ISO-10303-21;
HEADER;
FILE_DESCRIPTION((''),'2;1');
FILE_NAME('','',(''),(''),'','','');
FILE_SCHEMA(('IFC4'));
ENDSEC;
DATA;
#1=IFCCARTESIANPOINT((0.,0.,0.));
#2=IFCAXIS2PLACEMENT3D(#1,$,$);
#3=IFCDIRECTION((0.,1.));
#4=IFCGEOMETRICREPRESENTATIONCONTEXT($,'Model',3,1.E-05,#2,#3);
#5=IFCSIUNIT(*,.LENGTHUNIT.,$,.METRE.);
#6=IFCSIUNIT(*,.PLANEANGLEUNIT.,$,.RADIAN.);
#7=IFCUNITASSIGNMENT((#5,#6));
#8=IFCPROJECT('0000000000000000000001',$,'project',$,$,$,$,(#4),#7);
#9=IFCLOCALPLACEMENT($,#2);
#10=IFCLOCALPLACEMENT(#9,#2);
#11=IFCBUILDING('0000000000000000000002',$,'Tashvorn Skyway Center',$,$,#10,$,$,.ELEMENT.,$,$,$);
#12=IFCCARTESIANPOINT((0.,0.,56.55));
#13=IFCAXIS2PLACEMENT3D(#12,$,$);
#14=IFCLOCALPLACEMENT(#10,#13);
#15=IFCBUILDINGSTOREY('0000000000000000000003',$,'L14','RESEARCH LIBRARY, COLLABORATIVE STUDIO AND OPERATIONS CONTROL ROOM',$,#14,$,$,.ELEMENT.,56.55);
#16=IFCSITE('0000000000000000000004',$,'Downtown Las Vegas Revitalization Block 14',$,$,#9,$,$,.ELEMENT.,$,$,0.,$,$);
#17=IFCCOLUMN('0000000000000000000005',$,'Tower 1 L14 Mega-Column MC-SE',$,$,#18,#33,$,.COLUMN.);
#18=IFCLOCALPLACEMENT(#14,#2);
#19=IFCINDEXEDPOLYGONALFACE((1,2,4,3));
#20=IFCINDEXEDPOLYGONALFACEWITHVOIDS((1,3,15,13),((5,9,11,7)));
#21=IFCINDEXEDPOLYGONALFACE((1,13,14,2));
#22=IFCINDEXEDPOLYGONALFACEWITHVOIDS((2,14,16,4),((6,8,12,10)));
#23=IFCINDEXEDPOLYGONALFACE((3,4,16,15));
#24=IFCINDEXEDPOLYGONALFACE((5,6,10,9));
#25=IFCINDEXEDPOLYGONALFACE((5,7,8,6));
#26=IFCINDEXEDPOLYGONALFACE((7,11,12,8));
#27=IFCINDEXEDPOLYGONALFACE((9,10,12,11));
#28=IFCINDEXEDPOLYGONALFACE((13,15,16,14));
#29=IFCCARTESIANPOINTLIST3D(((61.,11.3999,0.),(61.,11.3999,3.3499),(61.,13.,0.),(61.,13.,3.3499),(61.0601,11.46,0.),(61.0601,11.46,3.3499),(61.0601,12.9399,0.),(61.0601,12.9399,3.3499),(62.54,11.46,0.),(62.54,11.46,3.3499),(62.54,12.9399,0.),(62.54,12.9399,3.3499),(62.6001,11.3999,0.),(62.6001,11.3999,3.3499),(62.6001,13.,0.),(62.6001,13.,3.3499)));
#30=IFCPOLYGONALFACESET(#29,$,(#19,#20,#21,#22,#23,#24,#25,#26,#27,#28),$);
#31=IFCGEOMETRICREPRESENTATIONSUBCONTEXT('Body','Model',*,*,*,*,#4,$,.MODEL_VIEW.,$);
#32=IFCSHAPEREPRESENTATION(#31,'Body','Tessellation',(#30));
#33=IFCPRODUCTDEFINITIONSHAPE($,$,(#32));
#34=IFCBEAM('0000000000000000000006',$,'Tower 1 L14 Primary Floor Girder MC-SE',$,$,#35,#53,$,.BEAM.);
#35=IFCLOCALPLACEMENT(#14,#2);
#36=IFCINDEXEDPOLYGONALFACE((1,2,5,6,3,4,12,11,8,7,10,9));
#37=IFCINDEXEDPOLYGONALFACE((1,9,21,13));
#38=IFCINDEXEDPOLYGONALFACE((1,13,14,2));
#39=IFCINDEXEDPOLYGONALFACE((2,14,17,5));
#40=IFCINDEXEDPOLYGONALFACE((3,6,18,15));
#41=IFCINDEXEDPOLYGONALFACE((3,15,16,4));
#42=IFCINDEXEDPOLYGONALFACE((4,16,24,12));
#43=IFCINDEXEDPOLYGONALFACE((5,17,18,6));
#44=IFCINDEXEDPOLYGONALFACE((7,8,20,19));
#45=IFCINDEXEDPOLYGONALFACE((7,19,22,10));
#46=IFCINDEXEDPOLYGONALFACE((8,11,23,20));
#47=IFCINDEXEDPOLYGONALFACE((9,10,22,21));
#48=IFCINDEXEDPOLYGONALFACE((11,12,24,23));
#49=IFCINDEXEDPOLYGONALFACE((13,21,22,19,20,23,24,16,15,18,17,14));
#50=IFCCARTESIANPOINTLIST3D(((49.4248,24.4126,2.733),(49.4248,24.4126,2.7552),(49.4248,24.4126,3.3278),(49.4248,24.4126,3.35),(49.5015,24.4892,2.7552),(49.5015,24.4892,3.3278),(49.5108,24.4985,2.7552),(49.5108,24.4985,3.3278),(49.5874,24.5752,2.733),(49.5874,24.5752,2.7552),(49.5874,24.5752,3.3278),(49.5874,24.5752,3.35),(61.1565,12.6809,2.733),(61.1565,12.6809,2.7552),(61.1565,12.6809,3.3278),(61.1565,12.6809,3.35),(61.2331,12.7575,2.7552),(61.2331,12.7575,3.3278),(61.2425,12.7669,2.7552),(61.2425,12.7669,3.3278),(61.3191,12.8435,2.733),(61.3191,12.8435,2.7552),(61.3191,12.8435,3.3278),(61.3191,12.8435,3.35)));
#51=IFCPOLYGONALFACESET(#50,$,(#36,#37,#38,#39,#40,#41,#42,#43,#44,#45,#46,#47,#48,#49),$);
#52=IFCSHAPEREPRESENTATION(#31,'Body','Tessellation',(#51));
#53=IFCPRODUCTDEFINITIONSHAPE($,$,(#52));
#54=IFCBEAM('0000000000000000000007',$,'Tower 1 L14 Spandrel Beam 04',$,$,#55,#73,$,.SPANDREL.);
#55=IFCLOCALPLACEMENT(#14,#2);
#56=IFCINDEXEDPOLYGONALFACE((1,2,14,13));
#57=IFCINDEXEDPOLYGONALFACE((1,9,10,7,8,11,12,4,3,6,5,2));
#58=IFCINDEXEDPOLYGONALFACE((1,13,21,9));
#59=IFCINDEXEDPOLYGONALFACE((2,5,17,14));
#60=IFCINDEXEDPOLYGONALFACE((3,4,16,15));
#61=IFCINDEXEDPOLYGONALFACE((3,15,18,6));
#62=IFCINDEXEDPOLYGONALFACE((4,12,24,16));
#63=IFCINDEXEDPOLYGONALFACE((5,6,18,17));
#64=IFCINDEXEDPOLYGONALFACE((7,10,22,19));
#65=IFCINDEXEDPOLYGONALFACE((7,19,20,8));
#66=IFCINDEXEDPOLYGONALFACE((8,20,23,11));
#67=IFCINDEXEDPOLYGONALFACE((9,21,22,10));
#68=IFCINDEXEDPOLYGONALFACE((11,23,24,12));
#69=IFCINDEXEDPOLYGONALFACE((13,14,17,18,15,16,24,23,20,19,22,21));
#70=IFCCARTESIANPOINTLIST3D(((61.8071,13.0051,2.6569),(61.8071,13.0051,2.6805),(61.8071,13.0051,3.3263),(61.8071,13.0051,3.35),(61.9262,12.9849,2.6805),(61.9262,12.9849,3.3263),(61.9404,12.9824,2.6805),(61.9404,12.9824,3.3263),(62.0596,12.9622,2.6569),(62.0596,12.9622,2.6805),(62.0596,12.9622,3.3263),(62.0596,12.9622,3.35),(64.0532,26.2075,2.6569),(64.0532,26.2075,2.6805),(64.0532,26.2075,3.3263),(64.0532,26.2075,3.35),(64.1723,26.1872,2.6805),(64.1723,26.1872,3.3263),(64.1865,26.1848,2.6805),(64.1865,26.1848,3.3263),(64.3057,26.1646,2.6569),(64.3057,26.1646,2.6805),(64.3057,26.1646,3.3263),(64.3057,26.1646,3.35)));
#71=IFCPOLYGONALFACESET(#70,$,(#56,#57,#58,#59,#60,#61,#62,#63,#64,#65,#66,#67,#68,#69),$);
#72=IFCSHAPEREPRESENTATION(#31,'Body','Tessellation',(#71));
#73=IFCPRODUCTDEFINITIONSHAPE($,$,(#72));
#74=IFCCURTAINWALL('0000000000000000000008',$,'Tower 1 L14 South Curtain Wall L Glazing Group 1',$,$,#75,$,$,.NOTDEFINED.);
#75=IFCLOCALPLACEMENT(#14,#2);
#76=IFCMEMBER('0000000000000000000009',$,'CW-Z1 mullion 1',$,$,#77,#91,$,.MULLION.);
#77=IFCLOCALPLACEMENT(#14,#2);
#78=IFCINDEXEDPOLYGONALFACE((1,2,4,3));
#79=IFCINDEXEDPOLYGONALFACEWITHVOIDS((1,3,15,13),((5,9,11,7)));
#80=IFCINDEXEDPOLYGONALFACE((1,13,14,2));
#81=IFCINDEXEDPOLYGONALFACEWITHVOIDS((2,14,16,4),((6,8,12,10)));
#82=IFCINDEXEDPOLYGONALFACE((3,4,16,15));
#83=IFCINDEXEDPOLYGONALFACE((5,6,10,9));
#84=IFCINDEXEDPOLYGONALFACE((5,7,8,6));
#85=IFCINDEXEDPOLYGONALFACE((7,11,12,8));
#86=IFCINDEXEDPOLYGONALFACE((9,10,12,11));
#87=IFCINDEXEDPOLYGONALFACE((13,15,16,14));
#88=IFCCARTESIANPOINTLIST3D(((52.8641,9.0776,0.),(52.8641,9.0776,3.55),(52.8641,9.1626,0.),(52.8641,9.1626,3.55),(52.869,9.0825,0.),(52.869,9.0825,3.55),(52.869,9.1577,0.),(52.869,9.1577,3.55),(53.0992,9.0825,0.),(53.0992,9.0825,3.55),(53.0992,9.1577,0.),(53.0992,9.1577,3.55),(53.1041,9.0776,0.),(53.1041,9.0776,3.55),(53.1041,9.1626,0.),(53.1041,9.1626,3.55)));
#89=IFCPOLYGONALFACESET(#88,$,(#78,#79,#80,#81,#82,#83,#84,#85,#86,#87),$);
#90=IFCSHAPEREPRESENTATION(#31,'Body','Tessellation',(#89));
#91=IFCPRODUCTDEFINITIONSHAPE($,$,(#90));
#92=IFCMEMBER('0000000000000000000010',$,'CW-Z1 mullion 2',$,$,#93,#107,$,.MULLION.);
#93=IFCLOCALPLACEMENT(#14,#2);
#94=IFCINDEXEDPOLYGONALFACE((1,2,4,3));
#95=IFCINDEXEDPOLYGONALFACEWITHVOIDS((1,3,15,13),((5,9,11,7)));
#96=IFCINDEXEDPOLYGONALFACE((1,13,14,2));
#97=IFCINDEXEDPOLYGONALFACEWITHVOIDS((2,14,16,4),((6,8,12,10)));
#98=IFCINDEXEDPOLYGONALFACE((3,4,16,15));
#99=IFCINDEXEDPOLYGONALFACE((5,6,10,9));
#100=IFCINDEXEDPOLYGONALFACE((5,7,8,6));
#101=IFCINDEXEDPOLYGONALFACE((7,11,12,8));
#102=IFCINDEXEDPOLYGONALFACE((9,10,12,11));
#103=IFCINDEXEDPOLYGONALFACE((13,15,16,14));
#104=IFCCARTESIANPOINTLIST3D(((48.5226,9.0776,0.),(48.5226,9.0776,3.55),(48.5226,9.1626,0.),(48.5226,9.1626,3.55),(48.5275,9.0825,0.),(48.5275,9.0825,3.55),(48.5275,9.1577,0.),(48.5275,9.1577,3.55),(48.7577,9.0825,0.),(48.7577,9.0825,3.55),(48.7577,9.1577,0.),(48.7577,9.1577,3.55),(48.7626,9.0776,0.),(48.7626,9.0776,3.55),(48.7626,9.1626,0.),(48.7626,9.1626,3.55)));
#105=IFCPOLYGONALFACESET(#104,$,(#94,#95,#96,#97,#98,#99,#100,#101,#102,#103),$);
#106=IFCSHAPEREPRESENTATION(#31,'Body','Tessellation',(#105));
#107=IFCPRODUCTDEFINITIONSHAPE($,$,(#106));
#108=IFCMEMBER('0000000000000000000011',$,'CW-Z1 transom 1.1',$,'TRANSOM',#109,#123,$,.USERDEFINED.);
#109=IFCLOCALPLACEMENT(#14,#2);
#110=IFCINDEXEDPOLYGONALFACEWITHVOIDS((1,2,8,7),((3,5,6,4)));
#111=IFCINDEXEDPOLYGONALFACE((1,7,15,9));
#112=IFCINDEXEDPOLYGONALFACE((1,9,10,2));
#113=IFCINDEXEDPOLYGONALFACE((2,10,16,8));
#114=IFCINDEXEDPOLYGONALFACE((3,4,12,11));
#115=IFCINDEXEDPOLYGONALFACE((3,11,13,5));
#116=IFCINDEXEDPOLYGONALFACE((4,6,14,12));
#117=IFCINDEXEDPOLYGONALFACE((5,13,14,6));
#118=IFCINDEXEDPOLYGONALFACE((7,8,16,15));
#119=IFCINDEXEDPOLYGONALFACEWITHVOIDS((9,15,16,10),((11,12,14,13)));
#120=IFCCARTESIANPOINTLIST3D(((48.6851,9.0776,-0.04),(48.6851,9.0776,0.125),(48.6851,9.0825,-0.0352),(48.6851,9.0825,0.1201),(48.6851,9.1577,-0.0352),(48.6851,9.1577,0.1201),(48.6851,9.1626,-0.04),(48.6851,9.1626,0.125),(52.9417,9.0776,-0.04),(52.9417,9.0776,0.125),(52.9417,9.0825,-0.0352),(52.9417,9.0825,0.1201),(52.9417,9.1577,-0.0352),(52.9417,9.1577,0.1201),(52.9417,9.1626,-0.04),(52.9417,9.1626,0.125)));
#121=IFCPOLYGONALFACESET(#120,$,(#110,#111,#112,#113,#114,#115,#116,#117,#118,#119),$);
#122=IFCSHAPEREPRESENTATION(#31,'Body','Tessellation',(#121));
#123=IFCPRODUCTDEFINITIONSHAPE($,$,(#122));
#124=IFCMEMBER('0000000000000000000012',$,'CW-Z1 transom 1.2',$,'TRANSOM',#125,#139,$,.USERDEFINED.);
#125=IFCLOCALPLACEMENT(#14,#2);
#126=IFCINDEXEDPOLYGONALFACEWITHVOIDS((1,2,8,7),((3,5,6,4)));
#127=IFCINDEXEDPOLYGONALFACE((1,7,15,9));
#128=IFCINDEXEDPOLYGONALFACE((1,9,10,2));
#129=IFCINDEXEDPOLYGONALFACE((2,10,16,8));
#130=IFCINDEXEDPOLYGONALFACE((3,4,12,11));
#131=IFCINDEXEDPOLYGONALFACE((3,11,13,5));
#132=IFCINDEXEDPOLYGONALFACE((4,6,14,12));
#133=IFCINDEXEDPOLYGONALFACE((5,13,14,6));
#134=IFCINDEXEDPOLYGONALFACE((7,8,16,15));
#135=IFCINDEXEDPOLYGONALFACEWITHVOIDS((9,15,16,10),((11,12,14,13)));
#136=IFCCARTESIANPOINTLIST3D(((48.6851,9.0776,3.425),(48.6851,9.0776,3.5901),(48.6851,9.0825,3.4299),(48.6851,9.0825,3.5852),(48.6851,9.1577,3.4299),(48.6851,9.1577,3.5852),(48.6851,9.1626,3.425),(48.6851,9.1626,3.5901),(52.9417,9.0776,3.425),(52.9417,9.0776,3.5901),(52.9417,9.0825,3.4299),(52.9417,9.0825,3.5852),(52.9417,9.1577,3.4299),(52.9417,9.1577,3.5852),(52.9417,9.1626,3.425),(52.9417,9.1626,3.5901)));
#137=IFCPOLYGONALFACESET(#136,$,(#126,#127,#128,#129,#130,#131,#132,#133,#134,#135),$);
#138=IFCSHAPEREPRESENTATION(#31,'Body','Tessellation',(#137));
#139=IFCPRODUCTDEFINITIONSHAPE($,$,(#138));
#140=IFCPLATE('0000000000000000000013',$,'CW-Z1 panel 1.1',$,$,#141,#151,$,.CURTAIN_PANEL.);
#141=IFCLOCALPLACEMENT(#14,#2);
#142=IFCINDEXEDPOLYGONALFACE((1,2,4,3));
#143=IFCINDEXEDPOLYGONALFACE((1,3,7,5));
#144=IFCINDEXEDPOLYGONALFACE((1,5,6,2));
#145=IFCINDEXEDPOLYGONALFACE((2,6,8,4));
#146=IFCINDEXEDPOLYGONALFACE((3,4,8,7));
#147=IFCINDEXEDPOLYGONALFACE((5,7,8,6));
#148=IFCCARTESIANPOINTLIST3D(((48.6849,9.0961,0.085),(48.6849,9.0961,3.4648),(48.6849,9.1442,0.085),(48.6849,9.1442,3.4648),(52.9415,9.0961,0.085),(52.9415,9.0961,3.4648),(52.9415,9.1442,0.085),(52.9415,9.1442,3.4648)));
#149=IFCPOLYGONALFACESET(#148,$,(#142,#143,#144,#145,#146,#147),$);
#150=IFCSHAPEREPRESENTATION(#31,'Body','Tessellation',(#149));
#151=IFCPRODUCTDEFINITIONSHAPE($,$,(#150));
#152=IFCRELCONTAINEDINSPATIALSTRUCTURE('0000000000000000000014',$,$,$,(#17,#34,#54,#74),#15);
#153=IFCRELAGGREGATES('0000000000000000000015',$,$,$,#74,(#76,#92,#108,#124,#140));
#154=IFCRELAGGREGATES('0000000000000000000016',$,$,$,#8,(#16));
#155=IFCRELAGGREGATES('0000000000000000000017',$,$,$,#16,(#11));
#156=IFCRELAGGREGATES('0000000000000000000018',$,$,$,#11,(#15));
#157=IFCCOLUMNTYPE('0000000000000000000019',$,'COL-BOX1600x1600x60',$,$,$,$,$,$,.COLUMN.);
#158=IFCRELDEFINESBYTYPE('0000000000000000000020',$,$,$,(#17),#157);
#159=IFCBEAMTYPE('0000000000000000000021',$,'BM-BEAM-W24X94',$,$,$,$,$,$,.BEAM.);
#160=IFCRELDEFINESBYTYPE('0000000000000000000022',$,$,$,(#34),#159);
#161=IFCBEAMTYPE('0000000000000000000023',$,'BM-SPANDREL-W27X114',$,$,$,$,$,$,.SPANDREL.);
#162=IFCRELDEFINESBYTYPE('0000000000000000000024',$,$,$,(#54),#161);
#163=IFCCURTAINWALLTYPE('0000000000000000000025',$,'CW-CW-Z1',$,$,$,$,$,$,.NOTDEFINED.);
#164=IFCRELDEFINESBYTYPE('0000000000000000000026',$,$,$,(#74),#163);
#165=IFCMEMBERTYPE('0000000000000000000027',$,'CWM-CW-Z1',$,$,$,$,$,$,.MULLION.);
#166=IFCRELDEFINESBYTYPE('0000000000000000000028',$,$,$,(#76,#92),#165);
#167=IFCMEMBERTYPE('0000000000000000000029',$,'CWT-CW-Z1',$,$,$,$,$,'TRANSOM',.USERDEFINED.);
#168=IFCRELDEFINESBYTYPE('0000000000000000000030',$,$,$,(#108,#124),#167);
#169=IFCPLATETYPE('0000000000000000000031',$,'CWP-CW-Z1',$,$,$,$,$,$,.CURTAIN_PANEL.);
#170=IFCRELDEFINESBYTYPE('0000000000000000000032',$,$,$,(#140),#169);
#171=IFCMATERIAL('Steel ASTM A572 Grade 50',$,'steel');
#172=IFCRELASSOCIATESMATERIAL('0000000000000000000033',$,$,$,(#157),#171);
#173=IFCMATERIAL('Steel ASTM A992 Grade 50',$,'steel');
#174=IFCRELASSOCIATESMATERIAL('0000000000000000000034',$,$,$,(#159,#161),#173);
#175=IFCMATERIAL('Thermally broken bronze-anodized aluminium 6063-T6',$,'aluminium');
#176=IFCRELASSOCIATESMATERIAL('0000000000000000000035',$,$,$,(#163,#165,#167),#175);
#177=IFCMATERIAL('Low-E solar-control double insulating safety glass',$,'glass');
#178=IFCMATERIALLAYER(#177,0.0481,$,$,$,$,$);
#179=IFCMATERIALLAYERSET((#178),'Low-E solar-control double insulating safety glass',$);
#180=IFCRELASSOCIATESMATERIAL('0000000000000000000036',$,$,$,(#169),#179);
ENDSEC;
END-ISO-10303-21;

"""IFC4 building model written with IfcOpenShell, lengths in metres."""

from ifc_helpers import new_model, si_unit, direction, frame, origin, origin_2d, place, context, subcontext, project, spatial, rectangle, hollow_rectangle, i_section, extrude, material, layer, layer_set, material_profile, profile_set, type_object, element, aggregate, save


model = new_model("IFC4")

# Units and contexts
model_context = context("Model", 3, precision=1e-05, world=origin(), true_north=direction((0.0, 1.0)))
body_context = subcontext(model_context, "Body", "Model", "MODEL_VIEW")
ifc_project = project(units=[si_unit("LENGTHUNIT", "METRE"), si_unit("PLANEANGLEUNIT", "RADIAN")], contexts=[model_context])

# Site, building, storey
site_placement = place(None, origin())
site = spatial("IfcSite", under=ifc_project, at=site_placement, Name="Downtown Las Vegas Revitalization Block 14", CompositionType="ELEMENT", RefElevation=0.0)
building_placement = place(site_placement, origin())
building = spatial("IfcBuilding", under=site, at=building_placement, Name="Tashvorn Skyway Center", CompositionType="ELEMENT")
storey_placement = place(building_placement, frame((0.0, 0.0, 56.55)))
storey = spatial("IfcBuildingStorey", under=building, at=storey_placement, Name="L14", Description="RESEARCH LIBRARY, COLLABORATIVE STUDIO AND OPERATIONS CONTROL ROOM", CompositionType="ELEMENT", Elevation=56.55)

# Column
ifc_material_1 = material(Name="Steel ASTM A572 Grade 50", Category="steel")
ifc_material_profile_1 = material_profile(ifc_material_1, hollow_rectangle(XDim=1.6001, YDim=1.6001, WallThickness=0.0601, at=origin_2d()), Name="BOX1600x1600x60")
ifc_profile_set_1 = profile_set([ifc_material_profile_1], Name="Steel ASTM A572 Grade 50")
column_type = type_object("IfcColumnType", Name="COL-BOX1600x1600x60", PredefinedType="COLUMN", material=ifc_profile_set_1)
column_placement = place(storey_placement, frame((61.8, 12.2, 0.0), z_axis=(0.0, 0.0, 1.0), x_axis=(1.0, 0.0, 0.0)))
element("IfcColumn", 1, at=column_placement, inside=storey, type_object=column_type, Name="Tower 1 L14 Mega-Column MC-SE", PredefinedType="COLUMN", context=body_context, shape_type="SweptSolid", body=[
    extrude(hollow_rectangle(XDim=1.6001, YDim=1.6001, WallThickness=0.0601, at=origin_2d()), origin(), (0.0, 0.0, 1.0), 3.3499),
])

# Beams
ifc_material_2 = material(Name="Steel ASTM A992 Grade 50", Category="steel")
ifc_material_profile_2 = material_profile(ifc_material_2, i_section(OverallWidth=0.23, OverallDepth=0.6169, WebThickness=0.0132, FlangeThickness=0.0222, at=origin_2d()), Name="W24X94")
ifc_profile_set_2 = profile_set([ifc_material_profile_2], Name="Steel ASTM A992 Grade 50")
beam_type_1 = type_object("IfcBeamType", Name="BM-BEAM-W24X94", PredefinedType="BEAM", material=ifc_profile_set_2)
beam_1_placement = place(storey_placement, frame((61.2378, 12.7622, 3.0415), z_axis=(-0.707107, 0.707107, 0.0), x_axis=(-0.707107, -0.707107, 0.0)))
element("IfcBeam", 2, at=beam_1_placement, inside=storey, type_object=beam_type_1, Name="Tower 1 L14 Primary Floor Girder MC-SE", PredefinedType="BEAM", context=body_context, shape_type="SweptSolid", body=[
    extrude(i_section(OverallWidth=0.23, OverallDepth=0.6169, WebThickness=0.0132, FlangeThickness=0.0222, at=origin_2d()), origin(), (0.0, 0.0, 1.0), 16.5911),
])
ifc_material_profile_3 = material_profile(ifc_material_2, i_section(OverallWidth=0.2561, OverallDepth=0.6931, WebThickness=0.0144, FlangeThickness=0.0237, at=origin_2d()), Name="W27X114")
ifc_profile_set_3 = profile_set([ifc_material_profile_3], Name="Steel ASTM A992 Grade 50")
beam_type_2 = type_object("IfcBeamType", Name="BM-SPANDREL-W27X114", PredefinedType="SPANDREL", material=ifc_profile_set_3)
beam_2_placement = place(storey_placement, frame((61.9333, 12.9836, 3.0034), z_axis=(0.167718, 0.985835, 0.0), x_axis=(-0.985835, 0.167718, 0.0)))
element("IfcBeam", 3, at=beam_2_placement, inside=storey, type_object=beam_type_2, Name="Tower 1 L14 Spandrel Beam 04", PredefinedType="SPANDREL", context=body_context, shape_type="SweptSolid", body=[
    extrude(i_section(OverallWidth=0.2561, OverallDepth=0.6931, WebThickness=0.0144, FlangeThickness=0.0237, at=origin_2d()), origin(), (0.0, 0.0, 1.0), 13.3921),
])

# Curtain wall, members, plate
ifc_material_3 = material(Name="Thermally broken bronze-anodized aluminium 6063-T6", Category="aluminium")
curtain_wall_type = type_object("IfcCurtainWallType", Name="CW-CW-Z1", PredefinedType="NOTDEFINED", material=ifc_material_3)
curtain_wall_placement = place(storey_placement, origin())
curtain_wall = element("IfcCurtainWall", 4, at=curtain_wall_placement, inside=storey, type_object=curtain_wall_type, Name="Tower 1 L14 South Curtain Wall L Glazing Group 1", PredefinedType="NOTDEFINED")
ifc_material_profile_4 = material_profile(ifc_material_3, hollow_rectangle(XDim=0.085, YDim=0.24, WallThickness=0.0049, at=origin_2d()), Name="ALU-MULL-85x240")
ifc_profile_set_4 = profile_set([ifc_material_profile_4], Name="Thermally broken bronze-anodized aluminium 6063-T6")
member_type_1 = type_object("IfcMemberType", Name="CWM-CW-Z1", PredefinedType="MULLION", material=ifc_profile_set_4)
member_1_placement = place(storey_placement, frame((52.9841, 9.1201, 0.0), z_axis=(0.0, 0.0, 1.0), x_axis=(0.0, -1.0, 0.0)))
member_1 = element("IfcMember", 5, at=member_1_placement, type_object=member_type_1, Name="CW-Z1 mullion 1", PredefinedType="MULLION", context=body_context, shape_type="SweptSolid", body=[
    extrude(hollow_rectangle(XDim=0.085, YDim=0.24, WallThickness=0.0049, at=origin_2d()), origin(), (0.0, 0.0, 1.0), 3.55),
])
member_2_placement = place(storey_placement, frame((48.6426, 9.1201, 0.0), z_axis=(0.0, 0.0, 1.0), x_axis=(0.0, -1.0, 0.0)))
member_2 = element("IfcMember", 6, at=member_2_placement, type_object=member_type_1, Name="CW-Z1 mullion 2", PredefinedType="MULLION", context=body_context, shape_type="SweptSolid", body=[
    extrude(hollow_rectangle(XDim=0.085, YDim=0.24, WallThickness=0.0049, at=origin_2d()), origin(), (0.0, 0.0, 1.0), 3.55),
])
ifc_material_profile_5 = material_profile(ifc_material_3, hollow_rectangle(XDim=0.085, YDim=0.165, WallThickness=0.0049, at=origin_2d()), Name="ALU-TRAN-85x165")
ifc_profile_set_5 = profile_set([ifc_material_profile_5], Name="Thermally broken bronze-anodized aluminium 6063-T6")
member_type_2 = type_object("IfcMemberType", Name="CWT-CW-Z1", ElementType="TRANSOM", PredefinedType="USERDEFINED", material=ifc_profile_set_5)
member_3_placement = place(storey_placement, frame((52.9417, 9.1201, 0.0425), z_axis=(-1.0, 0.0, 0.0), x_axis=(0.0, -1.0, 0.0)))
member_3 = element("IfcMember", 7, at=member_3_placement, type_object=member_type_2, Name="CW-Z1 transom 1.1", ObjectType="TRANSOM", PredefinedType="USERDEFINED", context=body_context, shape_type="SweptSolid", body=[
    extrude(hollow_rectangle(XDim=0.085, YDim=0.165, WallThickness=0.0049, at=origin_2d()), origin(), (0.0, 0.0, 1.0), 4.2566),
])
member_4_placement = place(storey_placement, frame((52.9417, 9.1201, 3.5076), z_axis=(-1.0, 0.0, 0.0), x_axis=(0.0, -1.0, 0.0)))
member_4 = element("IfcMember", 8, at=member_4_placement, type_object=member_type_2, Name="CW-Z1 transom 1.2", ObjectType="TRANSOM", PredefinedType="USERDEFINED", context=body_context, shape_type="SweptSolid", body=[
    extrude(hollow_rectangle(XDim=0.085, YDim=0.165, WallThickness=0.0049, at=origin_2d()), origin(), (0.0, 0.0, 1.0), 4.2566),
])
ifc_material_4 = material(Name="Low-E solar-control double insulating safety glass", Category="glass")
ifc_layer_1 = layer(ifc_material_4, 0.0481)
ifc_layer_set_1 = layer_set([ifc_layer_1], Name="Low-E solar-control double insulating safety glass")
plate_type = type_object("IfcPlateType", Name="CWP-CW-Z1", PredefinedType="CURTAIN_PANEL", material=ifc_layer_set_1)
plate_placement = place(storey_placement, frame((50.8132, 9.1201, 0.085), z_axis=(0.0, 0.0, 1.0), x_axis=(-1.0, 0.0, 0.0)))
plate = element("IfcPlate", 9, at=plate_placement, type_object=plate_type, Name="CW-Z1 panel 1.1", PredefinedType="CURTAIN_PANEL", context=body_context, shape_type="SweptSolid", body=[
    extrude(rectangle(XDim=4.2566, YDim=0.0481, at=origin_2d()), origin(), (0.0, 0.0, 1.0), 3.3799),
])
aggregate(curtain_wall, [member_1, member_2, member_3, member_4, plate])

save(model, "model.ifc")
